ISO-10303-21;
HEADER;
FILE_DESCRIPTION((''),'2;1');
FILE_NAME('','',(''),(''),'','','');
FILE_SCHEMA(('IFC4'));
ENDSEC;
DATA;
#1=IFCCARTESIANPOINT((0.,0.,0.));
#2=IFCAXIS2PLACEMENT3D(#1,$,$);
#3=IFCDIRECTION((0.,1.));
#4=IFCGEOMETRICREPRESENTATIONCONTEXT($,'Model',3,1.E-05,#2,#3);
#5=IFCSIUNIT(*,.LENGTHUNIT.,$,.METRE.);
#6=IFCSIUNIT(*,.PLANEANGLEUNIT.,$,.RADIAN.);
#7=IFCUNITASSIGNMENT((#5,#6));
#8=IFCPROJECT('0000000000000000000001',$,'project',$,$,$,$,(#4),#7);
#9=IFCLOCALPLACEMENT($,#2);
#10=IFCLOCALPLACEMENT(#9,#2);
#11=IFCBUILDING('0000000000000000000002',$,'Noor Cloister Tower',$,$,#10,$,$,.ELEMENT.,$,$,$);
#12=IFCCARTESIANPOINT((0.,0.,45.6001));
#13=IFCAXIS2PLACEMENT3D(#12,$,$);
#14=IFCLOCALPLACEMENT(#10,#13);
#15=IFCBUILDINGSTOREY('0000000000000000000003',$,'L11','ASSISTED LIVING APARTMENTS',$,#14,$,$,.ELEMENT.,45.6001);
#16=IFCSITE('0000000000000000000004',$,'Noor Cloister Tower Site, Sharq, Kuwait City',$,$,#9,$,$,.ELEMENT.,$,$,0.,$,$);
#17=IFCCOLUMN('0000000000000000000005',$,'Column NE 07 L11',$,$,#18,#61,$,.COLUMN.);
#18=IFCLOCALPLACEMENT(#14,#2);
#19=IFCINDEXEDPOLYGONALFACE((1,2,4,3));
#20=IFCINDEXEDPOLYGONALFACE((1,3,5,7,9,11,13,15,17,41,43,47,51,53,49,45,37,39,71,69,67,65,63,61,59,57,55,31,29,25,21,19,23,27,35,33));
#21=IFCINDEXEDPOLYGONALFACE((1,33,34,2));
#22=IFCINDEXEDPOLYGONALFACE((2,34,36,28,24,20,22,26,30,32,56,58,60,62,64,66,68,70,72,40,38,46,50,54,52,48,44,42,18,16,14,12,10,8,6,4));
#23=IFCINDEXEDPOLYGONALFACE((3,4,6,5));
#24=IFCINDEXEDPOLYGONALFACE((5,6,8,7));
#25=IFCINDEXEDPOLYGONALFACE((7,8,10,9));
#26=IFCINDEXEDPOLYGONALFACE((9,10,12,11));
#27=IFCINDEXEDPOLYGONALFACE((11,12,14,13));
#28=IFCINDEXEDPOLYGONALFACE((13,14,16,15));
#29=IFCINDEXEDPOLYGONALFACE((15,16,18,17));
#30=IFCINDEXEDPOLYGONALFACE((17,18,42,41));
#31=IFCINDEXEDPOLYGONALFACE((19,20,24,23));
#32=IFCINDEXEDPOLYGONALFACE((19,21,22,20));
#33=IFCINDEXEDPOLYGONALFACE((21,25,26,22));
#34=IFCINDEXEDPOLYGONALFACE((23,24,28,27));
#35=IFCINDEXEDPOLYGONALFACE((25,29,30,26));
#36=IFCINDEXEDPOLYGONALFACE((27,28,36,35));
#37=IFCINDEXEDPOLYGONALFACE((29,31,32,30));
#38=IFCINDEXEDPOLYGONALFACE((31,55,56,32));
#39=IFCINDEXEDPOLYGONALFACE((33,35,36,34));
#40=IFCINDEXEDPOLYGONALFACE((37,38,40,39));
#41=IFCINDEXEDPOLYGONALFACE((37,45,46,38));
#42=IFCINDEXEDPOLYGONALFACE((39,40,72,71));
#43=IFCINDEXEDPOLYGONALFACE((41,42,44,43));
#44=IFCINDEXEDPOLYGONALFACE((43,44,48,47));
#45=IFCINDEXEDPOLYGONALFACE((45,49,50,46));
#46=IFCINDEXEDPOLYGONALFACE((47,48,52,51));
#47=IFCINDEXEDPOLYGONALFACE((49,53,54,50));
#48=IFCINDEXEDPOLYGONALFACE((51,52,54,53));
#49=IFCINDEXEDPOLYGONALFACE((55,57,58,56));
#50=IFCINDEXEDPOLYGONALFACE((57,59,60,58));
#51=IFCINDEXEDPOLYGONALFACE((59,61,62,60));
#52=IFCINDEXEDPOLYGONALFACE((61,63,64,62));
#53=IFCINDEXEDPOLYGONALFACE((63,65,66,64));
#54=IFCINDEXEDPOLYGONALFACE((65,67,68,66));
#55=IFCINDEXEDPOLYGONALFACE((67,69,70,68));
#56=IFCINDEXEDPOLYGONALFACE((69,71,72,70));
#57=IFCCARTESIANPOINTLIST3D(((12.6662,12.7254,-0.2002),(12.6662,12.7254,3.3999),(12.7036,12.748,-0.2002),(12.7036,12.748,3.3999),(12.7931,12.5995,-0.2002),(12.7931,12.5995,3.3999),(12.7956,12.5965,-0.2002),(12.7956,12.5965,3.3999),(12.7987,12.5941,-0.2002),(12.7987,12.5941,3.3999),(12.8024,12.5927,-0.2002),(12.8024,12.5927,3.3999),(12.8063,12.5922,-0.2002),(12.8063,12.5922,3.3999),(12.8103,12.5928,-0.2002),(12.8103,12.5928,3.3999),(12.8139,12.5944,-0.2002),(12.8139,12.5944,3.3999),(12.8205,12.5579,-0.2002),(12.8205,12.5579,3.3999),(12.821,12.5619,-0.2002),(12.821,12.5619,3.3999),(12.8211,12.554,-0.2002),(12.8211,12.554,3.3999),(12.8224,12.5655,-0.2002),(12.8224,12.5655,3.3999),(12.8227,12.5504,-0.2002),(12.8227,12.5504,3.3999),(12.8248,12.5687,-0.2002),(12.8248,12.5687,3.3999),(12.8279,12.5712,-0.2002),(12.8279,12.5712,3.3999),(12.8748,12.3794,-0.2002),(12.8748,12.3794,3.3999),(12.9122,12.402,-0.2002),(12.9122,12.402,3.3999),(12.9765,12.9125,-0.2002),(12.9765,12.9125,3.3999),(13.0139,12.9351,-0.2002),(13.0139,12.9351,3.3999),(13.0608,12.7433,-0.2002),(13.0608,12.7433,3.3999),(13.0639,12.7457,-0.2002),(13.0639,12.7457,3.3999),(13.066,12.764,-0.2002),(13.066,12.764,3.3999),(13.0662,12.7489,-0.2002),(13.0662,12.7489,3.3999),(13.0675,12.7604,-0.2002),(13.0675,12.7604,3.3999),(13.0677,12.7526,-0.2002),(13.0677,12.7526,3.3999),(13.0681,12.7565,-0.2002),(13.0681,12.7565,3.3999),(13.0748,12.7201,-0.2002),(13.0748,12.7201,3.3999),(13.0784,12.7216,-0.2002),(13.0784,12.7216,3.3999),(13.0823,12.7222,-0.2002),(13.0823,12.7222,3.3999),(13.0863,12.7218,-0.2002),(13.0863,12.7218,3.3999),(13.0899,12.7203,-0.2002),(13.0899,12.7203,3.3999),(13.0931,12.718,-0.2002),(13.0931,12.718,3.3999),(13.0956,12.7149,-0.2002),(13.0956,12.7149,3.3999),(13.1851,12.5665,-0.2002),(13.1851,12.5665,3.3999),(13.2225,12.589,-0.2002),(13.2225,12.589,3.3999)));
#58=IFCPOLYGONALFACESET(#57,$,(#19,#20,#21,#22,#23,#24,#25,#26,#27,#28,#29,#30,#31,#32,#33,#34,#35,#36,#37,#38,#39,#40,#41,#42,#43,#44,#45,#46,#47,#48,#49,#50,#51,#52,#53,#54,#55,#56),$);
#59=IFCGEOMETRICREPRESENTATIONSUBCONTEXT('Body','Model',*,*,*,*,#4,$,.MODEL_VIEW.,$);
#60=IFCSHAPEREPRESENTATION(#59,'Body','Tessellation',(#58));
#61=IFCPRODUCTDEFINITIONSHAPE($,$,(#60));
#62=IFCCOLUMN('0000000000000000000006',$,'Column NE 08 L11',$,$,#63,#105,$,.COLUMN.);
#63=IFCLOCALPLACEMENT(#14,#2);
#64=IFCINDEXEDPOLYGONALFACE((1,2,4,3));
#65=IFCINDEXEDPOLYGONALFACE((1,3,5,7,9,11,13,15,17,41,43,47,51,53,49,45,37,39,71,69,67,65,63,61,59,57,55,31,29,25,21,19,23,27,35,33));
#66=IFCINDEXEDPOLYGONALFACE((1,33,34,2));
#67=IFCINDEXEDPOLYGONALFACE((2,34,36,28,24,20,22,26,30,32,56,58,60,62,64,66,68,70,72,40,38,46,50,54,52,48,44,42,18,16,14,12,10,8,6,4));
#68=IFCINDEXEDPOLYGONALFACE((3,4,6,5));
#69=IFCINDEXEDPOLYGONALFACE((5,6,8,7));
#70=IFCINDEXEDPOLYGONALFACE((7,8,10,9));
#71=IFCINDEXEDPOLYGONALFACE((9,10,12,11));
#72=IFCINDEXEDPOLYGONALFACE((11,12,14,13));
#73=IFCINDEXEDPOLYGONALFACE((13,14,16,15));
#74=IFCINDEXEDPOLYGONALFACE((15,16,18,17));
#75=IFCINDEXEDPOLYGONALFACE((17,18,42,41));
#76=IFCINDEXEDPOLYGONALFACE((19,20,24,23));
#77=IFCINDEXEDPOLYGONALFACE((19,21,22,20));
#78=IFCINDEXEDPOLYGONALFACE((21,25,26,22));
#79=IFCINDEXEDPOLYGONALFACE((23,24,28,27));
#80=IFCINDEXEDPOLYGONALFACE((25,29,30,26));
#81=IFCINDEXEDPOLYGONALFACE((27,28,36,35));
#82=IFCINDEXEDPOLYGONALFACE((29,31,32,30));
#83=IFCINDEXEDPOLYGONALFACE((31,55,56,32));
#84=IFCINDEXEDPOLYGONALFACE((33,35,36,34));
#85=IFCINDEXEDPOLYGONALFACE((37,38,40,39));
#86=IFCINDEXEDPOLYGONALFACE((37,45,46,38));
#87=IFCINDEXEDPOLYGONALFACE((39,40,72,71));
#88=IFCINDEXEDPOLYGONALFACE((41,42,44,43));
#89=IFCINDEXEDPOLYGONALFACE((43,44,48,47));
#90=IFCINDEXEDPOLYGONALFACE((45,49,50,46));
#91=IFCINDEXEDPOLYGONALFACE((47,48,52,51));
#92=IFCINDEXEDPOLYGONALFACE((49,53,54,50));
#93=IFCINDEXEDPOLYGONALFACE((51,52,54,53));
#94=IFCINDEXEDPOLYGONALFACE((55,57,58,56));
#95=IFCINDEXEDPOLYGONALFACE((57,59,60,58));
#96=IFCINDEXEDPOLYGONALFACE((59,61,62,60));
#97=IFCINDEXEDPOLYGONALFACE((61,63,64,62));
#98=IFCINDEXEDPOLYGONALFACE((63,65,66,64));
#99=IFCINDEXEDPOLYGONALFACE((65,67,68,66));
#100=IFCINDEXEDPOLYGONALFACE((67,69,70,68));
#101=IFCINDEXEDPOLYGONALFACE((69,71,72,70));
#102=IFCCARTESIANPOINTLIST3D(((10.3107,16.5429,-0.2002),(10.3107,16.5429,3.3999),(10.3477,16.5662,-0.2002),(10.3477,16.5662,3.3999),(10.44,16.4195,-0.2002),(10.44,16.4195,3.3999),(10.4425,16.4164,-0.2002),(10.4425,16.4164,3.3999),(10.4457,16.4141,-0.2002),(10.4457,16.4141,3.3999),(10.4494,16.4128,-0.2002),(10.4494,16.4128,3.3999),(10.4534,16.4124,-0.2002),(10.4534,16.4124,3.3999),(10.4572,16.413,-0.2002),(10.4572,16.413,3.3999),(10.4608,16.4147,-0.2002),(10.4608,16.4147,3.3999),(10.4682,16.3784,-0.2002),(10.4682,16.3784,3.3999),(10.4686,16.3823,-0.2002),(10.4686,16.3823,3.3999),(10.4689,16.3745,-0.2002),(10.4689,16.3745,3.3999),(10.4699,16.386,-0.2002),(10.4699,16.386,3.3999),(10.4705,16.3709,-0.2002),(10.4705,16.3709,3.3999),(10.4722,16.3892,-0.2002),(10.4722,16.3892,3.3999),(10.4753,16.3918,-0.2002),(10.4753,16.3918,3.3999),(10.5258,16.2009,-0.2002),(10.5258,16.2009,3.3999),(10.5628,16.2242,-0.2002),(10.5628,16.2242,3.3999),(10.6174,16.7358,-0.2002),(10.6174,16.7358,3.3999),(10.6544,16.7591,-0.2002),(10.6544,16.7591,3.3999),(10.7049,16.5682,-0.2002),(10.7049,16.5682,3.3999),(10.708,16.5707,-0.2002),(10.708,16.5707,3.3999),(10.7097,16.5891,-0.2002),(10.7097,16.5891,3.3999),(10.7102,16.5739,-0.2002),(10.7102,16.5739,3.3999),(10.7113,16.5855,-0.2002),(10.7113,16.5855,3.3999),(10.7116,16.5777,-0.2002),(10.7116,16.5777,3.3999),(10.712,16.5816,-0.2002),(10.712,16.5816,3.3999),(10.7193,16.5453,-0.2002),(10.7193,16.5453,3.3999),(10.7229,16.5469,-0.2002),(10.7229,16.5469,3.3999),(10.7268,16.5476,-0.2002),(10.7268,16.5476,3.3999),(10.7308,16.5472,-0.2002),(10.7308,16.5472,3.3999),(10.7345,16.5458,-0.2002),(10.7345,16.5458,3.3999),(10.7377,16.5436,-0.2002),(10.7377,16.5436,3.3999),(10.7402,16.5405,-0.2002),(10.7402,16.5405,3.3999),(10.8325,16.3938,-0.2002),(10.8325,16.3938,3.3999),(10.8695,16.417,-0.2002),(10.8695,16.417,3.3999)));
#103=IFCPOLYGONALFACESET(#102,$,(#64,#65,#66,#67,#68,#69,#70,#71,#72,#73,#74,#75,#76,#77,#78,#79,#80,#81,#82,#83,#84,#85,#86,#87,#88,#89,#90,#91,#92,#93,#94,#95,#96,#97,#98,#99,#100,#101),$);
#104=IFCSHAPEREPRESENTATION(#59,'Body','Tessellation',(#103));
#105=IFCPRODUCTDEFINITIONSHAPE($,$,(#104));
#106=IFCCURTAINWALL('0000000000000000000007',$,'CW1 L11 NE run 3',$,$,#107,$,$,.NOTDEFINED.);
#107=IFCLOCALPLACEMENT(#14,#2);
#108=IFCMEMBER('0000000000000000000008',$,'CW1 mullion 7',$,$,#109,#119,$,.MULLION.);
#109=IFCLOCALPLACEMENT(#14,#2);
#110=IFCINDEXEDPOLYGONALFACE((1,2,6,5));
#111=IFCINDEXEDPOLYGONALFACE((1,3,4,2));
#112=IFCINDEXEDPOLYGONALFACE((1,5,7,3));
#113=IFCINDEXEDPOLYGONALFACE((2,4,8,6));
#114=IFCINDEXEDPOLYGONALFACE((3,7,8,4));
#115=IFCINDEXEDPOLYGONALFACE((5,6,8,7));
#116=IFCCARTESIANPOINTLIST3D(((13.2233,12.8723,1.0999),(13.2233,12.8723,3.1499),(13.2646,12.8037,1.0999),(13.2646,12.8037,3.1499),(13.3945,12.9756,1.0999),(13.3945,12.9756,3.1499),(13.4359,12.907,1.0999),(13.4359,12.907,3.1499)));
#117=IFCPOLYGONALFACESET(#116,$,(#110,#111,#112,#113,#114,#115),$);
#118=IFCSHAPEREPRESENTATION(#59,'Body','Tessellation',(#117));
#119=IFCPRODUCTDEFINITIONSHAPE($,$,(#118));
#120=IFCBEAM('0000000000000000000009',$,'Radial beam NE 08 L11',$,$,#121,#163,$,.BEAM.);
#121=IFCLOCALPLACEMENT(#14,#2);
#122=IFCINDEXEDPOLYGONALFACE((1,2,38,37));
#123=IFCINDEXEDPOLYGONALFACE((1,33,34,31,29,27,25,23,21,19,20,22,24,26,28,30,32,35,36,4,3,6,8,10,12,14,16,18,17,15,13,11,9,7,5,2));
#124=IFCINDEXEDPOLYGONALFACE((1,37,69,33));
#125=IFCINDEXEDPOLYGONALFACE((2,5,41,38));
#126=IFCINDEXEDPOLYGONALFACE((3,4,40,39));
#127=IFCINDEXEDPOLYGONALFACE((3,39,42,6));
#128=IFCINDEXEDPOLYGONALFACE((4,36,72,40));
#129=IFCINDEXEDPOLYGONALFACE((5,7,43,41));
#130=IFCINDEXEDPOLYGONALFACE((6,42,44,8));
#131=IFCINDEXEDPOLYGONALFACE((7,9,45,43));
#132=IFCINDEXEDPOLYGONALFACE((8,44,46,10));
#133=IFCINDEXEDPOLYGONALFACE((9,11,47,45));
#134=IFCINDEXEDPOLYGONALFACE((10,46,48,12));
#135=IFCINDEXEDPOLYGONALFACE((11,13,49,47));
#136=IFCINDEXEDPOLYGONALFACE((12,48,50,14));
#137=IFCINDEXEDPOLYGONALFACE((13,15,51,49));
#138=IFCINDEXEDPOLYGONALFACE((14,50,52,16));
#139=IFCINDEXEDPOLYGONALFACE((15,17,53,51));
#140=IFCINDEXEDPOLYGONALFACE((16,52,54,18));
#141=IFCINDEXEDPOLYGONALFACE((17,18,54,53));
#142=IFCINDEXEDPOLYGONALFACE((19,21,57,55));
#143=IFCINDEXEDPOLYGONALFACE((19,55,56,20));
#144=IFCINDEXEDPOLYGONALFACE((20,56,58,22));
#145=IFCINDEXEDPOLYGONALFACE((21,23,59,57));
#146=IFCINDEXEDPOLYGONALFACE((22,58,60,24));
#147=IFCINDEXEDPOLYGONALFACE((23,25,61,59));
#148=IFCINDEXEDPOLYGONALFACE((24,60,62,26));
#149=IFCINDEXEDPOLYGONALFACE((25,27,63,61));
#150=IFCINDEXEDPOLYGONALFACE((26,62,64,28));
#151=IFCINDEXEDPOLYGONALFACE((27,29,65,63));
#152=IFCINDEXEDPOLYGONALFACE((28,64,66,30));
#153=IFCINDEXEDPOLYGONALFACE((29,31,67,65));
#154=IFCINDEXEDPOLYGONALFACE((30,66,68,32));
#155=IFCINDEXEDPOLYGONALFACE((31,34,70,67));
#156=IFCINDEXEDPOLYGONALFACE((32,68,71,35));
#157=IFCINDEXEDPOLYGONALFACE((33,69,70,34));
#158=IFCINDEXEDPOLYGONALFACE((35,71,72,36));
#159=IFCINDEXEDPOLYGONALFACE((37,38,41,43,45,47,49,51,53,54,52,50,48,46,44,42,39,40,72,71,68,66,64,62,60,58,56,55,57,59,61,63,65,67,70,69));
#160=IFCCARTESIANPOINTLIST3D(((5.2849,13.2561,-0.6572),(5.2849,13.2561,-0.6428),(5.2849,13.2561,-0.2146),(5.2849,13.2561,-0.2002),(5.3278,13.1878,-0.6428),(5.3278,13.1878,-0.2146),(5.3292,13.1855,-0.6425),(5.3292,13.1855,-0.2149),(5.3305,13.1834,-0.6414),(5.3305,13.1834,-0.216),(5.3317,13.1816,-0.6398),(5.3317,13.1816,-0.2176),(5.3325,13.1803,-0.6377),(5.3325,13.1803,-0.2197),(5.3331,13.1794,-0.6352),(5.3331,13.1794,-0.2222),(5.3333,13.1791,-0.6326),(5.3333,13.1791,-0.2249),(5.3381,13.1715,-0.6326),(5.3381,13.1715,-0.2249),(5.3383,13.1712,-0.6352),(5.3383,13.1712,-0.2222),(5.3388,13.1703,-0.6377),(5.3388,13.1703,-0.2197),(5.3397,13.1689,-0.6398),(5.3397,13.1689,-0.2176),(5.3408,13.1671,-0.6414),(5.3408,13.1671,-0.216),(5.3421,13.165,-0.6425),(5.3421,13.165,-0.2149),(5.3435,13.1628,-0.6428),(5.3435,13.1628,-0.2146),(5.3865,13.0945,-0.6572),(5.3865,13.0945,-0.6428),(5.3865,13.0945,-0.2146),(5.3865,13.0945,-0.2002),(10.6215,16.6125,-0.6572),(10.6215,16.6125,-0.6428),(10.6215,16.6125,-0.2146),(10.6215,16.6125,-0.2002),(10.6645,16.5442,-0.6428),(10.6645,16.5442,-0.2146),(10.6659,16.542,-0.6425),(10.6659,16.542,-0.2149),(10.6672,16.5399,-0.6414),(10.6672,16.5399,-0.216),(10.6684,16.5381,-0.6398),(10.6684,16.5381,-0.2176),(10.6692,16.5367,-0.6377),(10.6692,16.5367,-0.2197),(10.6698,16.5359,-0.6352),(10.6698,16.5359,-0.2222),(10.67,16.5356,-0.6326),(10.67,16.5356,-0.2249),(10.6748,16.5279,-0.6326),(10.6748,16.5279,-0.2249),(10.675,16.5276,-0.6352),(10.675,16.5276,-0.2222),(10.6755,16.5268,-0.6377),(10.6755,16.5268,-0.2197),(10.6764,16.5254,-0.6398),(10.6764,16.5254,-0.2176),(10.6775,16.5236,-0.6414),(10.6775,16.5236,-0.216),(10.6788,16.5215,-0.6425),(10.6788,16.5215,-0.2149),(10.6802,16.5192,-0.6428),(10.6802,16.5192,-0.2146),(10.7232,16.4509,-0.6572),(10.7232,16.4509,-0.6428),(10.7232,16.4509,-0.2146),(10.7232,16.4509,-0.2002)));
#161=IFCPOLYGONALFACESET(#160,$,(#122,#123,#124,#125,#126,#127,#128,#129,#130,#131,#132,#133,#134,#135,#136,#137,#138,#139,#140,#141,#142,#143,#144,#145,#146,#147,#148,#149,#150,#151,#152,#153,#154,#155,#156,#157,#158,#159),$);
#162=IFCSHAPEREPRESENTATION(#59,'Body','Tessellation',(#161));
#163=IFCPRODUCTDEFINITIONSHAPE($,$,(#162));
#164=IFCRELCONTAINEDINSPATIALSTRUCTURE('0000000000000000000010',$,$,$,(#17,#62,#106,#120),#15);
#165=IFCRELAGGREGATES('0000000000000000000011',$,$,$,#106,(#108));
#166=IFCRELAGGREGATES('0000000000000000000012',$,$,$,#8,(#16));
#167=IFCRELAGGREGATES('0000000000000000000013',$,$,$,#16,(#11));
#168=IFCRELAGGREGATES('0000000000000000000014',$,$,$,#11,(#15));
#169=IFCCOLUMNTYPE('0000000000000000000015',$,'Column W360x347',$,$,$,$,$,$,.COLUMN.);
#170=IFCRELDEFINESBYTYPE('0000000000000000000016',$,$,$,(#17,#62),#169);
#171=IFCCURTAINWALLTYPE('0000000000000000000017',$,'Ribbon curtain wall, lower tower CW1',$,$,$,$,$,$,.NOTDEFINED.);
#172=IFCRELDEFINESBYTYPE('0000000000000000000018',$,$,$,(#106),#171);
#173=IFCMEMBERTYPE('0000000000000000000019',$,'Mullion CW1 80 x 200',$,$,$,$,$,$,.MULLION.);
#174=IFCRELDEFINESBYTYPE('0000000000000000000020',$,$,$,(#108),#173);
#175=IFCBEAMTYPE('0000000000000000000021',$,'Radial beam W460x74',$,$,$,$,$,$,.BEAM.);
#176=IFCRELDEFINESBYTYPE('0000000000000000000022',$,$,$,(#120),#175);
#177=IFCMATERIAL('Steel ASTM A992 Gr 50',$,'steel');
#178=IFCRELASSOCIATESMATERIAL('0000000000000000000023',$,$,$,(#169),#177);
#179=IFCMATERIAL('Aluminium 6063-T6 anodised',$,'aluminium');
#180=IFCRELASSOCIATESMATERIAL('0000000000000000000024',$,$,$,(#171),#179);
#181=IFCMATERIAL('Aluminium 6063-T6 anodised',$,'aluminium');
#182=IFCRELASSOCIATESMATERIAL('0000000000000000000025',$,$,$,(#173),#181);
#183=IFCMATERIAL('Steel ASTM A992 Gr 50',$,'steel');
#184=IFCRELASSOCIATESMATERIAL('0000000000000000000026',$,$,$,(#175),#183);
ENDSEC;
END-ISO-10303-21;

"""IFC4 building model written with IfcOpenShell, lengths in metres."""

from ifc_helpers import new_model, si_unit, direction, frame, origin, origin_2d, place, context, subcontext, project, spatial, rectangle, i_section, extrude, material, material_profile, profile_set, type_object, element, aggregate, save


model = new_model("IFC4")

# Units and contexts
model_context = context("Model", 3, precision=1e-05, world=origin(), true_north=direction((0.0, 1.0)))
body_context = subcontext(model_context, "Body", "Model", "MODEL_VIEW")
ifc_project = project(units=[si_unit("LENGTHUNIT", "METRE"), si_unit("PLANEANGLEUNIT", "RADIAN")], contexts=[model_context])

# Site, building, storey
site_placement = place(None, origin())
site = spatial("IfcSite", under=ifc_project, at=site_placement, Name="Noor Cloister Tower Site, Sharq, Kuwait City", CompositionType="ELEMENT", RefElevation=0.0)
building_placement = place(site_placement, origin())
building = spatial("IfcBuilding", under=site, at=building_placement, Name="Noor Cloister Tower", CompositionType="ELEMENT")
storey_placement = place(building_placement, frame((0.0, 0.0, 45.6001)))
storey = spatial("IfcBuildingStorey", under=building, at=storey_placement, Name="L11", Description="ASSISTED LIVING APARTMENTS", CompositionType="ELEMENT", Elevation=45.6001)

# Columns
ifc_material_1 = material(Name="Steel ASTM A992 Gr 50", Category="steel")
ifc_material_profile_1 = material_profile(ifc_material_1, i_section(OverallWidth=0.4041, OverallDepth=0.406, WebThickness=0.0271, FlangeThickness=0.0437, FilletRadius=0.0151, at=origin_2d()), Name="W360x347")
ifc_profile_set_1 = profile_set([ifc_material_profile_1], Name="Steel ASTM A992 Gr 50")
column_type = type_object("IfcColumnType", Name="Column W360x347", PredefinedType="COLUMN", material=ifc_profile_set_1)
for number, where, z_axis, x_axis, name in (
    (1, (12.9443, 12.6572, -0.2002), (0.0, 0.0, 1.0), (-0.516291, 0.856413, 0.0), "Column NE 07 L11"),
    (2, (10.5901, 16.48, -0.2002), (0.0, 0.0, 1.0), (-0.532398, 0.846494, 0.0), "Column NE 08 L11"),
):
    element("IfcColumn", number, at=place(storey_placement, frame(where, z_axis=z_axis, x_axis=x_axis)), inside=storey, type_object=column_type, Name=name, PredefinedType="COLUMN", context=body_context, shape_type="SweptSolid", body=[
        extrude(i_section(OverallWidth=0.4041, OverallDepth=0.406, WebThickness=0.0271, FlangeThickness=0.0437, FilletRadius=0.0151, at=origin_2d()), origin(), (0.0, 0.0, 1.0), 3.6001),
    ])

# Curtain wall, member
ifc_material_2 = material(Name="Aluminium 6063-T6 anodised", Category="aluminium")
curtain_wall_type = type_object("IfcCurtainWallType", Name="Ribbon curtain wall, lower tower CW1", PredefinedType="NOTDEFINED", material=ifc_material_2)
curtain_wall_placement = place(storey_placement, origin())
curtain_wall = element("IfcCurtainWall", 3, at=curtain_wall_placement, inside=storey, type_object=curtain_wall_type, Name="CW1 L11 NE run 3", PredefinedType="NOTDEFINED")
ifc_material_3 = material(Name="Aluminium 6063-T6 anodised", Category="aluminium")
ifc_material_profile_2 = material_profile(ifc_material_3, rectangle(XDim=0.2, YDim=0.0801, at=origin_2d()), Name="200 x 80 mullion")
ifc_profile_set_2 = profile_set([ifc_material_profile_2], Name="Aluminium 6063-T6 anodised")
member_type = type_object("IfcMemberType", Name="Mullion CW1 80 x 200", PredefinedType="MULLION", material=ifc_profile_set_2)
member_placement = place(storey_placement, frame((13.3296, 12.8896, 1.0999), z_axis=(0.0, 0.0, 1.0), x_axis=(-0.856413, -0.516291, 0.0)))
member = element("IfcMember", 4, at=member_placement, type_object=member_type, Name="CW1 mullion 7", PredefinedType="MULLION", context=body_context, shape_type="SweptSolid", body=[
    extrude(rectangle(XDim=0.2, YDim=0.0801, at=origin_2d()), origin(), (0.0, 0.0, 1.0), 2.05),
])

# Beam
ifc_material_4 = material(Name="Steel ASTM A992 Gr 50", Category="steel")
ifc_material_profile_3 = material_profile(ifc_material_4, i_section(OverallWidth=0.1909, OverallDepth=0.457, WebThickness=0.009, FlangeThickness=0.0144, FilletRadius=0.0103, at=origin_2d()), Name="W460x74")
ifc_profile_set_3 = profile_set([ifc_material_profile_3], Name="Steel ASTM A992 Gr 50")
beam_type_1 = type_object("IfcBeamType", Name="Radial beam W460x74", PredefinedType="BEAM", material=ifc_profile_set_3)
beam_1_placement = place(storey_placement, frame((10.6724, 16.5317, -0.4287), z_axis=(-0.846496, -0.532395, 0.0), x_axis=(0.532395, -0.846496, 0.0)))
element("IfcBeam", 5, at=beam_1_placement, inside=storey, type_object=beam_type_1, Name="Radial beam NE 08 L11", PredefinedType="BEAM", context=body_context, shape_type="SweptSolid", body=[
    extrude(i_section(OverallWidth=0.1909, OverallDepth=0.457, WebThickness=0.009, FlangeThickness=0.0144, FilletRadius=0.0103, at=origin_2d()), origin(), (0.0, 0.0, 1.0), 6.3044),
])

aggregate(curtain_wall, [member])

save(model, "model.ifc")
